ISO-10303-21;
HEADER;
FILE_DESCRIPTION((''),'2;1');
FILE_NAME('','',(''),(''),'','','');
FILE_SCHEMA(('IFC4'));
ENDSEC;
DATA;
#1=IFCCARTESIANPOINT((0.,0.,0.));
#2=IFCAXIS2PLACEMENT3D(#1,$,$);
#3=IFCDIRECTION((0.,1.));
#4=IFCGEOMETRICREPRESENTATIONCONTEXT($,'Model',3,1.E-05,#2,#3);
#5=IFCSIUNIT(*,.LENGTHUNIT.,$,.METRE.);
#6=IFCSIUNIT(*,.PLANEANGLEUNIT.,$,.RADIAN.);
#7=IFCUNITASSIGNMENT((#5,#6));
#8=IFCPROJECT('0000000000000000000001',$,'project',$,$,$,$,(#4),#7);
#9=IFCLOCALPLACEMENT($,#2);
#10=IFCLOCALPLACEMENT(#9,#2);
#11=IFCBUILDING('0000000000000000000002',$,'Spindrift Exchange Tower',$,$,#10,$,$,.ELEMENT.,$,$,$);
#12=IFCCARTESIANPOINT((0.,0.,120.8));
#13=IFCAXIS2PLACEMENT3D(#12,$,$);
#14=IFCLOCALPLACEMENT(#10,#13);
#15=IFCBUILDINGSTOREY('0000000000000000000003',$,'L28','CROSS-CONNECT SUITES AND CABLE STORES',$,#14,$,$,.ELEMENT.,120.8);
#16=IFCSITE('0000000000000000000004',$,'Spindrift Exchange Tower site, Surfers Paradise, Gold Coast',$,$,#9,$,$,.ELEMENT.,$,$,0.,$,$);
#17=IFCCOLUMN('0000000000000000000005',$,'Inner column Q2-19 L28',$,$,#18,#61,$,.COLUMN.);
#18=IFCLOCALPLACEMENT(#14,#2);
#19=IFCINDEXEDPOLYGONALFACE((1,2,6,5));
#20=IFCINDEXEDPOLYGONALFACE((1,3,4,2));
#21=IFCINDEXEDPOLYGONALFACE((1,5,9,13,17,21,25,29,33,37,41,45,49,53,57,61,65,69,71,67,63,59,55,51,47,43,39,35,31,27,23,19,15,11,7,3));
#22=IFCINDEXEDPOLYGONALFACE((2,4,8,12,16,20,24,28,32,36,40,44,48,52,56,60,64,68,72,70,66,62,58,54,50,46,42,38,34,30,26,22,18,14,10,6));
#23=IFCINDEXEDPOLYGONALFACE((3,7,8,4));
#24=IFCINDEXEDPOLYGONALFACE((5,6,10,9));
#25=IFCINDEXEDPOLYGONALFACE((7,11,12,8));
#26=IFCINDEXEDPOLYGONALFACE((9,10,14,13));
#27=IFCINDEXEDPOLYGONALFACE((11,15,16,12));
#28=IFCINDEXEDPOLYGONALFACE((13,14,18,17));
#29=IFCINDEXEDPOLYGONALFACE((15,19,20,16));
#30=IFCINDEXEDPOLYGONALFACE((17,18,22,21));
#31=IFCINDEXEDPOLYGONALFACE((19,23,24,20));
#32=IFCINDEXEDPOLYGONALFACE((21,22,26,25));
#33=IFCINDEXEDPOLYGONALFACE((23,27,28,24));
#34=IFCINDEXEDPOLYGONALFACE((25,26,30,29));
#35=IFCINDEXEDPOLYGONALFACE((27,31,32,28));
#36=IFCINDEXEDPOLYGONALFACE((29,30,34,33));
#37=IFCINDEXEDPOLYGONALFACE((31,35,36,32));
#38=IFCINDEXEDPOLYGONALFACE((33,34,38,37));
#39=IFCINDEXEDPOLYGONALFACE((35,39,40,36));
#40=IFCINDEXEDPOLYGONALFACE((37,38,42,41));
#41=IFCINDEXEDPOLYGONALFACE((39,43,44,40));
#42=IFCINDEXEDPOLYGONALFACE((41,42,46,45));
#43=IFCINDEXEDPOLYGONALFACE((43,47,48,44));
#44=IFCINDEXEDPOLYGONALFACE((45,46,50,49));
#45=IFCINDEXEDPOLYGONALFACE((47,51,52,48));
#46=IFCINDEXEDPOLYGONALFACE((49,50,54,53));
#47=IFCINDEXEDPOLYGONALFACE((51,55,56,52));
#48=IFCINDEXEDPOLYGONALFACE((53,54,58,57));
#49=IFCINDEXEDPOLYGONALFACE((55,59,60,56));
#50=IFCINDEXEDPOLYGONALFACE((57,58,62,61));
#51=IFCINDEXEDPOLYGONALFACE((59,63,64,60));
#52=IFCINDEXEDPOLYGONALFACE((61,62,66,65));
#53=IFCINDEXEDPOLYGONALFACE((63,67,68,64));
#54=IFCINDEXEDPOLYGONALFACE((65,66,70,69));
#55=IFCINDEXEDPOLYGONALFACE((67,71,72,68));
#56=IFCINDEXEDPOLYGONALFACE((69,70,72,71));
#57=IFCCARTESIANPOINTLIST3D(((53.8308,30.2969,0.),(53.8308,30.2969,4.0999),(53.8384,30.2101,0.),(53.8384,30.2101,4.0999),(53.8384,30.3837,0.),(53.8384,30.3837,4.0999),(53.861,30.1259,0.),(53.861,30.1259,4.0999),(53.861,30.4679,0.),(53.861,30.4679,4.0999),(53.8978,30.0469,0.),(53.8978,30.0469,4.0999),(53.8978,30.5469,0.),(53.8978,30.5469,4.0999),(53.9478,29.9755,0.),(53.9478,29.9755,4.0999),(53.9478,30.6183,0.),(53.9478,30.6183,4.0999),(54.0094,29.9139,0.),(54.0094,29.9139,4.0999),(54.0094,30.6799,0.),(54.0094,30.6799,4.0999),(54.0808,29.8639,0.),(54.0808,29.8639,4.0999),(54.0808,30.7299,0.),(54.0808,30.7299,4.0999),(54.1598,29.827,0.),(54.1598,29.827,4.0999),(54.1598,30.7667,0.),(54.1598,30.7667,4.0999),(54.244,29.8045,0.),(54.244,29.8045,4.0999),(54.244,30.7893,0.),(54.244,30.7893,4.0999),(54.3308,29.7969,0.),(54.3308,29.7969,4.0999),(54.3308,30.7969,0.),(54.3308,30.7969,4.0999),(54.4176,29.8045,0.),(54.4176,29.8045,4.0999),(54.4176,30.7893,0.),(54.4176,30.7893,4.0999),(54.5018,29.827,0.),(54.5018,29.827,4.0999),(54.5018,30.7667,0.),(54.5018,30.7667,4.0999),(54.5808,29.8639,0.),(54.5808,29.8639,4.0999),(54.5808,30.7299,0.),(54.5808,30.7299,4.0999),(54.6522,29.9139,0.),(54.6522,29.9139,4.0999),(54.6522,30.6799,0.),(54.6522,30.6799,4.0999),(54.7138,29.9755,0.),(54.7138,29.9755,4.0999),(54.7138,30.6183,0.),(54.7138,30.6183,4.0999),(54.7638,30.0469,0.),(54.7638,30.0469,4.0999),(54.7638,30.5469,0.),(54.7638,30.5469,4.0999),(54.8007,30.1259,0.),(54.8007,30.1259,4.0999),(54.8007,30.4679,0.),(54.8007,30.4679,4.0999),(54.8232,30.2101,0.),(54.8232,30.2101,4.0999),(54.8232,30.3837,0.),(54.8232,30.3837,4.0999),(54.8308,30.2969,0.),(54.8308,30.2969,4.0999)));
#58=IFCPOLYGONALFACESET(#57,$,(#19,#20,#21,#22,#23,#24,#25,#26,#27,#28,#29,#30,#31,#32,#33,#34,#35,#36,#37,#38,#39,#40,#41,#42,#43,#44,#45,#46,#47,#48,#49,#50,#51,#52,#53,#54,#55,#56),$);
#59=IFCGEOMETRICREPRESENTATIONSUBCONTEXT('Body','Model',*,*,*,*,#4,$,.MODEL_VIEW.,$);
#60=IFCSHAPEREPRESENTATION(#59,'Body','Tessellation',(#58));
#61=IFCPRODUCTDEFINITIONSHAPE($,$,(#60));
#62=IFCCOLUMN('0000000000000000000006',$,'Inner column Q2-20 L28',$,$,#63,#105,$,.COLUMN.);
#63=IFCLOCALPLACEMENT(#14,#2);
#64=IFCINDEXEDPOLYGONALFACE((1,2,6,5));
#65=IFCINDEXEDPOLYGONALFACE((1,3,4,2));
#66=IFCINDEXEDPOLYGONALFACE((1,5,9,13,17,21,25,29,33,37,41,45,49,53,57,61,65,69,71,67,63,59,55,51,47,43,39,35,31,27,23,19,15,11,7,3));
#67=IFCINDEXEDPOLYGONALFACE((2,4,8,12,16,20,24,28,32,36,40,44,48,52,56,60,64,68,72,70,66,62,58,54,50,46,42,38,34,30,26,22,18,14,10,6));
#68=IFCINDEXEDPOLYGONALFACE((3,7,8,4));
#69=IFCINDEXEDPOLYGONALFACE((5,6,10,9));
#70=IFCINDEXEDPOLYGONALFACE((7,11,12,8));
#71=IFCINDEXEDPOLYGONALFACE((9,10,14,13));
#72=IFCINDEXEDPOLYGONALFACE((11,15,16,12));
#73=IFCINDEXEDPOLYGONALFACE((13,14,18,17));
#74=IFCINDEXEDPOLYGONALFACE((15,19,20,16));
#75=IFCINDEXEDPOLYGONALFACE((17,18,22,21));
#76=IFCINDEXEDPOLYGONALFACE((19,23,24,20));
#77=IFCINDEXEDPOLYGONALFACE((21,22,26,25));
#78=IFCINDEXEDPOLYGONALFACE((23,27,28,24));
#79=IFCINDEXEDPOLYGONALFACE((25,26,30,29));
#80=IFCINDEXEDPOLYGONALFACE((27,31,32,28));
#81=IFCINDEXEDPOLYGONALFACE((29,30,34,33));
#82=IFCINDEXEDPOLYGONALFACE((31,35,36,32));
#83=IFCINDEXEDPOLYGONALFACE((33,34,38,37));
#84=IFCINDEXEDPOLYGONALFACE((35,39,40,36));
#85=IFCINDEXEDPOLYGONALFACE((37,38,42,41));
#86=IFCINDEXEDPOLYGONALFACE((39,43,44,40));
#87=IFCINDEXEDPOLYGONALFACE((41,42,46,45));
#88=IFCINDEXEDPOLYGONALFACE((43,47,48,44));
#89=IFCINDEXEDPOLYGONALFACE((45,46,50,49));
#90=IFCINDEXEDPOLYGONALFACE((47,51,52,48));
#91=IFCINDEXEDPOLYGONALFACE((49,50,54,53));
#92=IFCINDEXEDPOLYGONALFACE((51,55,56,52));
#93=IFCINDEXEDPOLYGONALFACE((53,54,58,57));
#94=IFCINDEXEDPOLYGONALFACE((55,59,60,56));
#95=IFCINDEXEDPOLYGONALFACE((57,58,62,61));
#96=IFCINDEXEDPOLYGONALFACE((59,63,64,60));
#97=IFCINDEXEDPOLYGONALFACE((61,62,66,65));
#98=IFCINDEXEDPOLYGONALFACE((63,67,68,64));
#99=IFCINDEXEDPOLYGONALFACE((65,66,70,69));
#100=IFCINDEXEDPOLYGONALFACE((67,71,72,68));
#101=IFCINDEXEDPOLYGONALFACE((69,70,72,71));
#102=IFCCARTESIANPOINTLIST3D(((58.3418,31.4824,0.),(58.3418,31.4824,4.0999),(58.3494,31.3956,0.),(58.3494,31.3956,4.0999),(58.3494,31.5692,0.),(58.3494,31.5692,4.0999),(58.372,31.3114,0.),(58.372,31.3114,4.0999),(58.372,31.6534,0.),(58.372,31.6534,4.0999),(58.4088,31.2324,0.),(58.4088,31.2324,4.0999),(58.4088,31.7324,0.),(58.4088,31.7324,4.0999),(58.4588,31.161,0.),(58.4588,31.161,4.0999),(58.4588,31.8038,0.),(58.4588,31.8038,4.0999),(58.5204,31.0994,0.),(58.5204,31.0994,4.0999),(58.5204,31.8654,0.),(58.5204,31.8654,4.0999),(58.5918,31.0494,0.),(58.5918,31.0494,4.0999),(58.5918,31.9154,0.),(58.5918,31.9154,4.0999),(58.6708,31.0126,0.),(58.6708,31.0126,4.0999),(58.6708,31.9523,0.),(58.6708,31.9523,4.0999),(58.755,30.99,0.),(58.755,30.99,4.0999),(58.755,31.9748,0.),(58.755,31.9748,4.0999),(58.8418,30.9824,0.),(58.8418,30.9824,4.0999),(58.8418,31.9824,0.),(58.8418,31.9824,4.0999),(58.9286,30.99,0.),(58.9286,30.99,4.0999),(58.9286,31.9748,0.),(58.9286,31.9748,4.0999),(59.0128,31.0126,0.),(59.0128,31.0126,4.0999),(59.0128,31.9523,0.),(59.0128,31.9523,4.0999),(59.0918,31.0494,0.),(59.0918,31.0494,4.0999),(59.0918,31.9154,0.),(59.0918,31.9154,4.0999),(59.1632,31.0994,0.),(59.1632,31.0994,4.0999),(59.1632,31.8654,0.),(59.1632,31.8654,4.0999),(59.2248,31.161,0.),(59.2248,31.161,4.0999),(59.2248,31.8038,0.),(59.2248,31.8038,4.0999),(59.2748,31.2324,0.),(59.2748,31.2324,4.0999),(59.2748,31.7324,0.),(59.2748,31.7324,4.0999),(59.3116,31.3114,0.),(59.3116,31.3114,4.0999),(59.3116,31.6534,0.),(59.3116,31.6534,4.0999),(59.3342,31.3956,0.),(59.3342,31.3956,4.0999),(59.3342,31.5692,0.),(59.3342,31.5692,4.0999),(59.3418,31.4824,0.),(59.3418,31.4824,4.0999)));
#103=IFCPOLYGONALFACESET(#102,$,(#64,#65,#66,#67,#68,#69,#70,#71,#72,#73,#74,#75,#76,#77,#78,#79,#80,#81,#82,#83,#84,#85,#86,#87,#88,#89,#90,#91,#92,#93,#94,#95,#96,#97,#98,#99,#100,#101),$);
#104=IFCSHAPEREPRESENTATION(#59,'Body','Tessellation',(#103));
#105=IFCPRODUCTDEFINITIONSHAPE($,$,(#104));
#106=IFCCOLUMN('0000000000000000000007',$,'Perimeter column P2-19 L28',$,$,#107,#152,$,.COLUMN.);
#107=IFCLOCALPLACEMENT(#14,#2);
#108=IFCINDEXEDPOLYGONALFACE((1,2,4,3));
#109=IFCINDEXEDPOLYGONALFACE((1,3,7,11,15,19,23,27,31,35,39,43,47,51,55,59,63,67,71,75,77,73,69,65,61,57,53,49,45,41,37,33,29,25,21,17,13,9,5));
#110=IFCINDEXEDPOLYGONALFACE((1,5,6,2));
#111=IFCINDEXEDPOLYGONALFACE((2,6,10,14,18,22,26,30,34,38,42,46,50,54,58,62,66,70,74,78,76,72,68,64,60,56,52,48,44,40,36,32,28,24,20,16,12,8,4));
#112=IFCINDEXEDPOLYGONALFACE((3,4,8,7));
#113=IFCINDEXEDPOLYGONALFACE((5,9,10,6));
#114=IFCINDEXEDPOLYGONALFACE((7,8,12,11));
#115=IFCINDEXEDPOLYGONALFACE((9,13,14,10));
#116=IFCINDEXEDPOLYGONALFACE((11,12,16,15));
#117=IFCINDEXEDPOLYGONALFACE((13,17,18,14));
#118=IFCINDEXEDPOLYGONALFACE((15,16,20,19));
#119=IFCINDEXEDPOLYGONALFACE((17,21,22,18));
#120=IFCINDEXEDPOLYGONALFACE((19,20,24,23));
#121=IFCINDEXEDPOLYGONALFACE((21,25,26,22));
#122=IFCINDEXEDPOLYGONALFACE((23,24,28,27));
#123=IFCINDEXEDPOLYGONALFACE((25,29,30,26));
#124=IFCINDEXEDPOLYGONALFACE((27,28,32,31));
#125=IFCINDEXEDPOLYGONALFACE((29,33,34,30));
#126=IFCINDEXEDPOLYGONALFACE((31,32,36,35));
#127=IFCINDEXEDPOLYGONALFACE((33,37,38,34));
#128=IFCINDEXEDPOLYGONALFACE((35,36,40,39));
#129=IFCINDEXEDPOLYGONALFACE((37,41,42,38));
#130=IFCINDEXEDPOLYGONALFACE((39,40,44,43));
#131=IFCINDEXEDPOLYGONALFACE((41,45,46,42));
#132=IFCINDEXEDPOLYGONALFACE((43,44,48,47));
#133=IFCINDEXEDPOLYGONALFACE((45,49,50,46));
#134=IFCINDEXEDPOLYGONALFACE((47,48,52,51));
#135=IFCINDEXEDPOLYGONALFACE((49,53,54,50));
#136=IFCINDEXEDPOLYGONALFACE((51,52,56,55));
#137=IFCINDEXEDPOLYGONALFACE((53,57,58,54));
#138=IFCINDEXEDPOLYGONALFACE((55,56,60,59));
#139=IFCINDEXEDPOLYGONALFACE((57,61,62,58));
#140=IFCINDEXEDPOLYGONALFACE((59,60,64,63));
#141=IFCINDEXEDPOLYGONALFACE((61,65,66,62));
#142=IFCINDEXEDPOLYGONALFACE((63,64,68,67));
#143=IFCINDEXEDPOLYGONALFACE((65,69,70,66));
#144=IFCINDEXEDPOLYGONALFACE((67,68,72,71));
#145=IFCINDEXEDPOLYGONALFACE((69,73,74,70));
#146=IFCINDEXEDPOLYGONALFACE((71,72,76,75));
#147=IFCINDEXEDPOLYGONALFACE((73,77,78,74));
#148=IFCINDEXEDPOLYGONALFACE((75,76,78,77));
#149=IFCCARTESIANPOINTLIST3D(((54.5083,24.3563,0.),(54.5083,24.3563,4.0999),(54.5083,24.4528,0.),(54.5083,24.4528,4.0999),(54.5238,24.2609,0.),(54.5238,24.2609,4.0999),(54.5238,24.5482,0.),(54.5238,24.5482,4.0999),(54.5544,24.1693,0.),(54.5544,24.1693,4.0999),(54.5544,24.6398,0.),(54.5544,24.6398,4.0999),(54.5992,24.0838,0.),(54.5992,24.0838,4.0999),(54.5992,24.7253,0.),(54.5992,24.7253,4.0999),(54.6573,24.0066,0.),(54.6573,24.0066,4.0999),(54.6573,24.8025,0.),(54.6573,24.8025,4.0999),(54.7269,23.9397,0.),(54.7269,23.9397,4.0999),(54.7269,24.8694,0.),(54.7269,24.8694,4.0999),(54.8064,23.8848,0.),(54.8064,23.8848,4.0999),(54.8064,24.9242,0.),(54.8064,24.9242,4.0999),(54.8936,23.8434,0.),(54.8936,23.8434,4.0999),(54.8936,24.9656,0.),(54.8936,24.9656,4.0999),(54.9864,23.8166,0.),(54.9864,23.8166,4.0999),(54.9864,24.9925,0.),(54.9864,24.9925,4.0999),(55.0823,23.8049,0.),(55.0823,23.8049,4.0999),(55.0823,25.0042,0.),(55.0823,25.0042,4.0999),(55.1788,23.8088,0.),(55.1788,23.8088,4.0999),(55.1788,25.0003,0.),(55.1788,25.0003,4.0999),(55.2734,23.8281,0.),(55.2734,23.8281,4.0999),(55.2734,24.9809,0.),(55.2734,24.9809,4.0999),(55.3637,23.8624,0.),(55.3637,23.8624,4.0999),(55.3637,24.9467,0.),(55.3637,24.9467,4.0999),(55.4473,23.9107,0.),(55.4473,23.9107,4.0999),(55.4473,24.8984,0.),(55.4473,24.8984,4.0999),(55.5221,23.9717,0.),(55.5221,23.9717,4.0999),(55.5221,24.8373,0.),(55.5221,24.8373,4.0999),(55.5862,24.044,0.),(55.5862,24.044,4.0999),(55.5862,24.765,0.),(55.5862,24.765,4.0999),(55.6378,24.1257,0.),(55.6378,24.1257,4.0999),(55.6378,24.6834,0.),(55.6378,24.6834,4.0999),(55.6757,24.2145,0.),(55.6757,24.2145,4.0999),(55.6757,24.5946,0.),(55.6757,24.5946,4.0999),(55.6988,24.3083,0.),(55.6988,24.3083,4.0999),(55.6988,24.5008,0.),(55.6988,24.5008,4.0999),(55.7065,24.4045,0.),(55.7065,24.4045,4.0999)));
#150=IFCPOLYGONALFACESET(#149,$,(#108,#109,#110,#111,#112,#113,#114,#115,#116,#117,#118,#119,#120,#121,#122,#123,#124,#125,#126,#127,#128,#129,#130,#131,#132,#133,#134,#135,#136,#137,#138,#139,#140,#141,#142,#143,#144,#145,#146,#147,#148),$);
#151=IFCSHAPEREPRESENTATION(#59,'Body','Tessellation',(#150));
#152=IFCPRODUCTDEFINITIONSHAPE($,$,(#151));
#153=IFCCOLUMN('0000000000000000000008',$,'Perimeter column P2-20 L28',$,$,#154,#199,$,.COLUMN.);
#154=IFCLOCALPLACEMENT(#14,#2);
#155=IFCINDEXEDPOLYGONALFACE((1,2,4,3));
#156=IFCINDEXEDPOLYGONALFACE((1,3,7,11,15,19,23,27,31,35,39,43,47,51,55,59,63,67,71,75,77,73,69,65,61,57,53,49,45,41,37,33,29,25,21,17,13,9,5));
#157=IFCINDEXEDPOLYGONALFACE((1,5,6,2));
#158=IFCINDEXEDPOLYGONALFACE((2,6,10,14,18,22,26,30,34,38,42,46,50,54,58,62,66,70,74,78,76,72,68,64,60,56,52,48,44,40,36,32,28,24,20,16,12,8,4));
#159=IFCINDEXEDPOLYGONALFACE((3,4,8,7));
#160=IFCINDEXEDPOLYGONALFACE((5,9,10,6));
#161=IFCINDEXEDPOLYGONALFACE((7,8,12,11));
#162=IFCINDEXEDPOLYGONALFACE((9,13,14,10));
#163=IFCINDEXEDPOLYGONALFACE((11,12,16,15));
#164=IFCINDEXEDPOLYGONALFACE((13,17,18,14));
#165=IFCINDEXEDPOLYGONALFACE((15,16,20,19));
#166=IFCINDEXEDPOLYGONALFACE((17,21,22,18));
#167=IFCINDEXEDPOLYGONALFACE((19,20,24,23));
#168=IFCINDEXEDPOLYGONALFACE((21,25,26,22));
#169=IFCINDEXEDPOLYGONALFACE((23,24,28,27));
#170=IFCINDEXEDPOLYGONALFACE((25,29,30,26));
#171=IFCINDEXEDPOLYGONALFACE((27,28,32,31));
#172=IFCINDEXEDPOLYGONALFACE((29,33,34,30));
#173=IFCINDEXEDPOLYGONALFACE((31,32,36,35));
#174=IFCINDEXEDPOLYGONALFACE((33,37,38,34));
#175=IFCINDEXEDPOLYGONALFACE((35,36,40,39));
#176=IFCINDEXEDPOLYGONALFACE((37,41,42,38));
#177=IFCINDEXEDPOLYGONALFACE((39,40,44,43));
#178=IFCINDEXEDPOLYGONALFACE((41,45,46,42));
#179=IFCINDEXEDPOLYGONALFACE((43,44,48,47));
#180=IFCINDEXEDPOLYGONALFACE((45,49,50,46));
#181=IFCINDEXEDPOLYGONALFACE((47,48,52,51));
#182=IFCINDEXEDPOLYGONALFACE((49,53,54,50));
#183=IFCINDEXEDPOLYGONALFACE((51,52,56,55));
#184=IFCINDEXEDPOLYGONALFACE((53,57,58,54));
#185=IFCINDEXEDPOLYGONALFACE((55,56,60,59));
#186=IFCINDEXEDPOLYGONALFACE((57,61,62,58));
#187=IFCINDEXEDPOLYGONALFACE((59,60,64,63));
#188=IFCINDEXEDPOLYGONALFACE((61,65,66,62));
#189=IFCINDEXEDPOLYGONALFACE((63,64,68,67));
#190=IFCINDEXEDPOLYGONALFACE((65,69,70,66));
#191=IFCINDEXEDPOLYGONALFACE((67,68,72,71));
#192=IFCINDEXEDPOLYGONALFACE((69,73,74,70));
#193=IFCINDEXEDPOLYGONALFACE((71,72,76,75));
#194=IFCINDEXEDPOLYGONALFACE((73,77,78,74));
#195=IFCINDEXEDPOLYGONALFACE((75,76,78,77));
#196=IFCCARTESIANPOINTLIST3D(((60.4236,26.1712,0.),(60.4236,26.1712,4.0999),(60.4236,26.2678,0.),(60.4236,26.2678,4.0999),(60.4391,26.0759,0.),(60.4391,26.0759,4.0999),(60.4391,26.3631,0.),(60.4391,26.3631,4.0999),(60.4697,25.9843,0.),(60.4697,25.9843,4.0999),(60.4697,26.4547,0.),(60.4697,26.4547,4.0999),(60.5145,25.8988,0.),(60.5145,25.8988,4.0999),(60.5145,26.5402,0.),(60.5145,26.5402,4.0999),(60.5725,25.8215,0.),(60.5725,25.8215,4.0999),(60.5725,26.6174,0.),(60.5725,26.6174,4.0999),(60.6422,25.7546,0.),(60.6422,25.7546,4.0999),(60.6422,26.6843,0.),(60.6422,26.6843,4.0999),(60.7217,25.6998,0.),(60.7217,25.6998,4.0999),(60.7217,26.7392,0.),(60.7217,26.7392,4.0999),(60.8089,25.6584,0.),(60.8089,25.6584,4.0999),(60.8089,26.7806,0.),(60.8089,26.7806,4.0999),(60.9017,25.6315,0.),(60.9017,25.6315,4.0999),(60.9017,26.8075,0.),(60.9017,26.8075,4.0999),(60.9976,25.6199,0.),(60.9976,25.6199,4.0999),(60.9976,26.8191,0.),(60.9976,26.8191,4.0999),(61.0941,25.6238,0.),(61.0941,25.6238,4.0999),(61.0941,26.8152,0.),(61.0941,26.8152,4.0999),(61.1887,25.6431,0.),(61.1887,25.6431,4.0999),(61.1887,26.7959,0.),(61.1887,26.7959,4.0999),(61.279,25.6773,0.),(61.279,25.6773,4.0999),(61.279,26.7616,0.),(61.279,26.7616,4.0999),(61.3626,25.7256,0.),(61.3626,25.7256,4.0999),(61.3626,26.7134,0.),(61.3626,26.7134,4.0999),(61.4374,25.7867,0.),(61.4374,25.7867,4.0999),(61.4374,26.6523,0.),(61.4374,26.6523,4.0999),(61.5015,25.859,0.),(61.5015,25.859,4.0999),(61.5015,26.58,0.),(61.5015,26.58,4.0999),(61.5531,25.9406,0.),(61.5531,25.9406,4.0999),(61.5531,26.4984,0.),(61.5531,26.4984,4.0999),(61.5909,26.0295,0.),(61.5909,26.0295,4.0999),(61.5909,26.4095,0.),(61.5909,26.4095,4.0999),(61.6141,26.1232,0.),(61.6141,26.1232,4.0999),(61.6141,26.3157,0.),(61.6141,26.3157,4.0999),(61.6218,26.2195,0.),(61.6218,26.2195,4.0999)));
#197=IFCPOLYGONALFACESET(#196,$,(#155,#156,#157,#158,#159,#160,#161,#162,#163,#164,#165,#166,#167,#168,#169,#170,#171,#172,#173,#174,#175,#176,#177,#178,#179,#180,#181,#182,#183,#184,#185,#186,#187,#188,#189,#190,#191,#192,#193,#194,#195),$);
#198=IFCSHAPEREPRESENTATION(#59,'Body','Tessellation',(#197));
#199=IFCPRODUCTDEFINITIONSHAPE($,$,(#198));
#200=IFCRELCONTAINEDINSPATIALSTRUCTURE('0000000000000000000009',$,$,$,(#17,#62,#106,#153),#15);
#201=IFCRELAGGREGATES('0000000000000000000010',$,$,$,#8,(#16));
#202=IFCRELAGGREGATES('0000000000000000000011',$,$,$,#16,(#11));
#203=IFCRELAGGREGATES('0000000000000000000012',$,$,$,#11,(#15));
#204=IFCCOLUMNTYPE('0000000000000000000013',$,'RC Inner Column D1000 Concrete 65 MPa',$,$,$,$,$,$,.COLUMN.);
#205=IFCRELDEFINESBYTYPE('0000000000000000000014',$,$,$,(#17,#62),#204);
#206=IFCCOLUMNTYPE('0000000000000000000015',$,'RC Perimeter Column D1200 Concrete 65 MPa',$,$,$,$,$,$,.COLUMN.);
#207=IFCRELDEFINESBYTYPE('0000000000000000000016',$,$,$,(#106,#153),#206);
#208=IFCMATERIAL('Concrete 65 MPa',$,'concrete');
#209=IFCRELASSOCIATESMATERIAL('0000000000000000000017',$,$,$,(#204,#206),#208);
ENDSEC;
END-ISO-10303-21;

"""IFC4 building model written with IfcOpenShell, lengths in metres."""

from ifc_helpers import new_model, si_unit, direction, frame, origin, origin_2d, place, context, subcontext, project, spatial, circle, extrude, source, transform, mapped, material, material_profile, profile_set, type_object, element, save


model = new_model("IFC4")

# Units and contexts
model_context = context("Model", 3, precision=1e-05, world=origin(), true_north=direction((0.0, 1.0)))
body_context = subcontext(model_context, "Body", "Model", "MODEL_VIEW")
ifc_project = project(units=[si_unit("LENGTHUNIT", "METRE"), si_unit("PLANEANGLEUNIT", "RADIAN")], contexts=[model_context])

# Site, building, storey
site_placement = place(None, origin())
site = spatial("IfcSite", under=ifc_project, at=site_placement, Name="Spindrift Exchange Tower site, Surfers Paradise, Gold Coast", CompositionType="ELEMENT", RefElevation=0.0)
building_placement = place(site_placement, origin())
building = spatial("IfcBuilding", under=site, at=building_placement, Name="Spindrift Exchange Tower", CompositionType="ELEMENT")
storey_placement = place(building_placement, frame((0.0, 0.0, 120.8)))
storey = spatial("IfcBuildingStorey", under=building, at=storey_placement, Name="L28", Description="CROSS-CONNECT SUITES AND CABLE STORES", CompositionType="ELEMENT", Elevation=120.8)

# Columns
ifc_material_1 = material(Name="Concrete 65 MPa", Category="concrete")
ifc_material_profile_1 = material_profile(ifc_material_1, circle(Radius=0.5, at=origin_2d()), Name="RC D1000")
ifc_profile_set_1 = profile_set([ifc_material_profile_1], Name="Concrete 65 MPa")
column_type_1 = type_object("IfcColumnType", Name="RC Inner Column D1000 Concrete 65 MPa", PredefinedType="COLUMN", material=ifc_profile_set_1)
shared_shape_1 = source(origin(), body_context, "Body", "SweptSolid", [
    extrude(circle(Radius=0.5, at=origin_2d()), origin(), (0.0, 0.0, 1.0), 4.0999),
])
for number, where, z_axis, x_axis, name in (
    (1, (54.3308, 30.2969, 0.0), (0.0, 0.0, 1.0), (1.0, 0.0, 0.0), "Inner column Q2-19 L28"),
    (2, (58.8418, 31.4824, 0.0), (0.0, 0.0, 1.0), (1.0, 0.0, 0.0), "Inner column Q2-20 L28"),
):
    element("IfcColumn", number, at=place(storey_placement, frame(where, z_axis=z_axis, x_axis=x_axis)), inside=storey, type_object=column_type_1, Name=name, PredefinedType="COLUMN", context=body_context, shape_type="MappedRepresentation", body=[
        mapped(shared_shape_1, transform((0.0, 0.0, 0.0), scale=1.0)),
    ])
ifc_material_profile_2 = material_profile(ifc_material_1, circle(Radius=0.6001, at=origin_2d()), Name="RC D1200")
ifc_profile_set_2 = profile_set([ifc_material_profile_2], Name="Concrete 65 MPa")
column_type_2 = type_object("IfcColumnType", Name="RC Perimeter Column D1200 Concrete 65 MPa", PredefinedType="COLUMN", material=ifc_profile_set_2)
shared_shape_2 = source(origin(), body_context, "Body", "SweptSolid", [
    extrude(circle(Radius=0.6001, at=origin_2d()), origin(), (0.0, 0.0, 1.0), 4.0999),
])
for number, where, z_axis, x_axis, name in (
    (3, (55.1064, 24.4045, 0.0), (0.0, 0.0, 1.0), (1.0, 0.0, 0.0), "Perimeter column P2-19 L28"),
    (4, (61.0217, 26.2195, 0.0), (0.0, 0.0, 1.0), (1.0, 0.0, 0.0), "Perimeter column P2-20 L28"),
):
    element("IfcColumn", number, at=place(storey_placement, frame(where, z_axis=z_axis, x_axis=x_axis)), inside=storey, type_object=column_type_2, Name=name, PredefinedType="COLUMN", context=body_context, shape_type="MappedRepresentation", body=[
        mapped(shared_shape_2, transform((0.0, 0.0, 0.0), scale=1.0)),
    ])

save(model, "model.ifc")
